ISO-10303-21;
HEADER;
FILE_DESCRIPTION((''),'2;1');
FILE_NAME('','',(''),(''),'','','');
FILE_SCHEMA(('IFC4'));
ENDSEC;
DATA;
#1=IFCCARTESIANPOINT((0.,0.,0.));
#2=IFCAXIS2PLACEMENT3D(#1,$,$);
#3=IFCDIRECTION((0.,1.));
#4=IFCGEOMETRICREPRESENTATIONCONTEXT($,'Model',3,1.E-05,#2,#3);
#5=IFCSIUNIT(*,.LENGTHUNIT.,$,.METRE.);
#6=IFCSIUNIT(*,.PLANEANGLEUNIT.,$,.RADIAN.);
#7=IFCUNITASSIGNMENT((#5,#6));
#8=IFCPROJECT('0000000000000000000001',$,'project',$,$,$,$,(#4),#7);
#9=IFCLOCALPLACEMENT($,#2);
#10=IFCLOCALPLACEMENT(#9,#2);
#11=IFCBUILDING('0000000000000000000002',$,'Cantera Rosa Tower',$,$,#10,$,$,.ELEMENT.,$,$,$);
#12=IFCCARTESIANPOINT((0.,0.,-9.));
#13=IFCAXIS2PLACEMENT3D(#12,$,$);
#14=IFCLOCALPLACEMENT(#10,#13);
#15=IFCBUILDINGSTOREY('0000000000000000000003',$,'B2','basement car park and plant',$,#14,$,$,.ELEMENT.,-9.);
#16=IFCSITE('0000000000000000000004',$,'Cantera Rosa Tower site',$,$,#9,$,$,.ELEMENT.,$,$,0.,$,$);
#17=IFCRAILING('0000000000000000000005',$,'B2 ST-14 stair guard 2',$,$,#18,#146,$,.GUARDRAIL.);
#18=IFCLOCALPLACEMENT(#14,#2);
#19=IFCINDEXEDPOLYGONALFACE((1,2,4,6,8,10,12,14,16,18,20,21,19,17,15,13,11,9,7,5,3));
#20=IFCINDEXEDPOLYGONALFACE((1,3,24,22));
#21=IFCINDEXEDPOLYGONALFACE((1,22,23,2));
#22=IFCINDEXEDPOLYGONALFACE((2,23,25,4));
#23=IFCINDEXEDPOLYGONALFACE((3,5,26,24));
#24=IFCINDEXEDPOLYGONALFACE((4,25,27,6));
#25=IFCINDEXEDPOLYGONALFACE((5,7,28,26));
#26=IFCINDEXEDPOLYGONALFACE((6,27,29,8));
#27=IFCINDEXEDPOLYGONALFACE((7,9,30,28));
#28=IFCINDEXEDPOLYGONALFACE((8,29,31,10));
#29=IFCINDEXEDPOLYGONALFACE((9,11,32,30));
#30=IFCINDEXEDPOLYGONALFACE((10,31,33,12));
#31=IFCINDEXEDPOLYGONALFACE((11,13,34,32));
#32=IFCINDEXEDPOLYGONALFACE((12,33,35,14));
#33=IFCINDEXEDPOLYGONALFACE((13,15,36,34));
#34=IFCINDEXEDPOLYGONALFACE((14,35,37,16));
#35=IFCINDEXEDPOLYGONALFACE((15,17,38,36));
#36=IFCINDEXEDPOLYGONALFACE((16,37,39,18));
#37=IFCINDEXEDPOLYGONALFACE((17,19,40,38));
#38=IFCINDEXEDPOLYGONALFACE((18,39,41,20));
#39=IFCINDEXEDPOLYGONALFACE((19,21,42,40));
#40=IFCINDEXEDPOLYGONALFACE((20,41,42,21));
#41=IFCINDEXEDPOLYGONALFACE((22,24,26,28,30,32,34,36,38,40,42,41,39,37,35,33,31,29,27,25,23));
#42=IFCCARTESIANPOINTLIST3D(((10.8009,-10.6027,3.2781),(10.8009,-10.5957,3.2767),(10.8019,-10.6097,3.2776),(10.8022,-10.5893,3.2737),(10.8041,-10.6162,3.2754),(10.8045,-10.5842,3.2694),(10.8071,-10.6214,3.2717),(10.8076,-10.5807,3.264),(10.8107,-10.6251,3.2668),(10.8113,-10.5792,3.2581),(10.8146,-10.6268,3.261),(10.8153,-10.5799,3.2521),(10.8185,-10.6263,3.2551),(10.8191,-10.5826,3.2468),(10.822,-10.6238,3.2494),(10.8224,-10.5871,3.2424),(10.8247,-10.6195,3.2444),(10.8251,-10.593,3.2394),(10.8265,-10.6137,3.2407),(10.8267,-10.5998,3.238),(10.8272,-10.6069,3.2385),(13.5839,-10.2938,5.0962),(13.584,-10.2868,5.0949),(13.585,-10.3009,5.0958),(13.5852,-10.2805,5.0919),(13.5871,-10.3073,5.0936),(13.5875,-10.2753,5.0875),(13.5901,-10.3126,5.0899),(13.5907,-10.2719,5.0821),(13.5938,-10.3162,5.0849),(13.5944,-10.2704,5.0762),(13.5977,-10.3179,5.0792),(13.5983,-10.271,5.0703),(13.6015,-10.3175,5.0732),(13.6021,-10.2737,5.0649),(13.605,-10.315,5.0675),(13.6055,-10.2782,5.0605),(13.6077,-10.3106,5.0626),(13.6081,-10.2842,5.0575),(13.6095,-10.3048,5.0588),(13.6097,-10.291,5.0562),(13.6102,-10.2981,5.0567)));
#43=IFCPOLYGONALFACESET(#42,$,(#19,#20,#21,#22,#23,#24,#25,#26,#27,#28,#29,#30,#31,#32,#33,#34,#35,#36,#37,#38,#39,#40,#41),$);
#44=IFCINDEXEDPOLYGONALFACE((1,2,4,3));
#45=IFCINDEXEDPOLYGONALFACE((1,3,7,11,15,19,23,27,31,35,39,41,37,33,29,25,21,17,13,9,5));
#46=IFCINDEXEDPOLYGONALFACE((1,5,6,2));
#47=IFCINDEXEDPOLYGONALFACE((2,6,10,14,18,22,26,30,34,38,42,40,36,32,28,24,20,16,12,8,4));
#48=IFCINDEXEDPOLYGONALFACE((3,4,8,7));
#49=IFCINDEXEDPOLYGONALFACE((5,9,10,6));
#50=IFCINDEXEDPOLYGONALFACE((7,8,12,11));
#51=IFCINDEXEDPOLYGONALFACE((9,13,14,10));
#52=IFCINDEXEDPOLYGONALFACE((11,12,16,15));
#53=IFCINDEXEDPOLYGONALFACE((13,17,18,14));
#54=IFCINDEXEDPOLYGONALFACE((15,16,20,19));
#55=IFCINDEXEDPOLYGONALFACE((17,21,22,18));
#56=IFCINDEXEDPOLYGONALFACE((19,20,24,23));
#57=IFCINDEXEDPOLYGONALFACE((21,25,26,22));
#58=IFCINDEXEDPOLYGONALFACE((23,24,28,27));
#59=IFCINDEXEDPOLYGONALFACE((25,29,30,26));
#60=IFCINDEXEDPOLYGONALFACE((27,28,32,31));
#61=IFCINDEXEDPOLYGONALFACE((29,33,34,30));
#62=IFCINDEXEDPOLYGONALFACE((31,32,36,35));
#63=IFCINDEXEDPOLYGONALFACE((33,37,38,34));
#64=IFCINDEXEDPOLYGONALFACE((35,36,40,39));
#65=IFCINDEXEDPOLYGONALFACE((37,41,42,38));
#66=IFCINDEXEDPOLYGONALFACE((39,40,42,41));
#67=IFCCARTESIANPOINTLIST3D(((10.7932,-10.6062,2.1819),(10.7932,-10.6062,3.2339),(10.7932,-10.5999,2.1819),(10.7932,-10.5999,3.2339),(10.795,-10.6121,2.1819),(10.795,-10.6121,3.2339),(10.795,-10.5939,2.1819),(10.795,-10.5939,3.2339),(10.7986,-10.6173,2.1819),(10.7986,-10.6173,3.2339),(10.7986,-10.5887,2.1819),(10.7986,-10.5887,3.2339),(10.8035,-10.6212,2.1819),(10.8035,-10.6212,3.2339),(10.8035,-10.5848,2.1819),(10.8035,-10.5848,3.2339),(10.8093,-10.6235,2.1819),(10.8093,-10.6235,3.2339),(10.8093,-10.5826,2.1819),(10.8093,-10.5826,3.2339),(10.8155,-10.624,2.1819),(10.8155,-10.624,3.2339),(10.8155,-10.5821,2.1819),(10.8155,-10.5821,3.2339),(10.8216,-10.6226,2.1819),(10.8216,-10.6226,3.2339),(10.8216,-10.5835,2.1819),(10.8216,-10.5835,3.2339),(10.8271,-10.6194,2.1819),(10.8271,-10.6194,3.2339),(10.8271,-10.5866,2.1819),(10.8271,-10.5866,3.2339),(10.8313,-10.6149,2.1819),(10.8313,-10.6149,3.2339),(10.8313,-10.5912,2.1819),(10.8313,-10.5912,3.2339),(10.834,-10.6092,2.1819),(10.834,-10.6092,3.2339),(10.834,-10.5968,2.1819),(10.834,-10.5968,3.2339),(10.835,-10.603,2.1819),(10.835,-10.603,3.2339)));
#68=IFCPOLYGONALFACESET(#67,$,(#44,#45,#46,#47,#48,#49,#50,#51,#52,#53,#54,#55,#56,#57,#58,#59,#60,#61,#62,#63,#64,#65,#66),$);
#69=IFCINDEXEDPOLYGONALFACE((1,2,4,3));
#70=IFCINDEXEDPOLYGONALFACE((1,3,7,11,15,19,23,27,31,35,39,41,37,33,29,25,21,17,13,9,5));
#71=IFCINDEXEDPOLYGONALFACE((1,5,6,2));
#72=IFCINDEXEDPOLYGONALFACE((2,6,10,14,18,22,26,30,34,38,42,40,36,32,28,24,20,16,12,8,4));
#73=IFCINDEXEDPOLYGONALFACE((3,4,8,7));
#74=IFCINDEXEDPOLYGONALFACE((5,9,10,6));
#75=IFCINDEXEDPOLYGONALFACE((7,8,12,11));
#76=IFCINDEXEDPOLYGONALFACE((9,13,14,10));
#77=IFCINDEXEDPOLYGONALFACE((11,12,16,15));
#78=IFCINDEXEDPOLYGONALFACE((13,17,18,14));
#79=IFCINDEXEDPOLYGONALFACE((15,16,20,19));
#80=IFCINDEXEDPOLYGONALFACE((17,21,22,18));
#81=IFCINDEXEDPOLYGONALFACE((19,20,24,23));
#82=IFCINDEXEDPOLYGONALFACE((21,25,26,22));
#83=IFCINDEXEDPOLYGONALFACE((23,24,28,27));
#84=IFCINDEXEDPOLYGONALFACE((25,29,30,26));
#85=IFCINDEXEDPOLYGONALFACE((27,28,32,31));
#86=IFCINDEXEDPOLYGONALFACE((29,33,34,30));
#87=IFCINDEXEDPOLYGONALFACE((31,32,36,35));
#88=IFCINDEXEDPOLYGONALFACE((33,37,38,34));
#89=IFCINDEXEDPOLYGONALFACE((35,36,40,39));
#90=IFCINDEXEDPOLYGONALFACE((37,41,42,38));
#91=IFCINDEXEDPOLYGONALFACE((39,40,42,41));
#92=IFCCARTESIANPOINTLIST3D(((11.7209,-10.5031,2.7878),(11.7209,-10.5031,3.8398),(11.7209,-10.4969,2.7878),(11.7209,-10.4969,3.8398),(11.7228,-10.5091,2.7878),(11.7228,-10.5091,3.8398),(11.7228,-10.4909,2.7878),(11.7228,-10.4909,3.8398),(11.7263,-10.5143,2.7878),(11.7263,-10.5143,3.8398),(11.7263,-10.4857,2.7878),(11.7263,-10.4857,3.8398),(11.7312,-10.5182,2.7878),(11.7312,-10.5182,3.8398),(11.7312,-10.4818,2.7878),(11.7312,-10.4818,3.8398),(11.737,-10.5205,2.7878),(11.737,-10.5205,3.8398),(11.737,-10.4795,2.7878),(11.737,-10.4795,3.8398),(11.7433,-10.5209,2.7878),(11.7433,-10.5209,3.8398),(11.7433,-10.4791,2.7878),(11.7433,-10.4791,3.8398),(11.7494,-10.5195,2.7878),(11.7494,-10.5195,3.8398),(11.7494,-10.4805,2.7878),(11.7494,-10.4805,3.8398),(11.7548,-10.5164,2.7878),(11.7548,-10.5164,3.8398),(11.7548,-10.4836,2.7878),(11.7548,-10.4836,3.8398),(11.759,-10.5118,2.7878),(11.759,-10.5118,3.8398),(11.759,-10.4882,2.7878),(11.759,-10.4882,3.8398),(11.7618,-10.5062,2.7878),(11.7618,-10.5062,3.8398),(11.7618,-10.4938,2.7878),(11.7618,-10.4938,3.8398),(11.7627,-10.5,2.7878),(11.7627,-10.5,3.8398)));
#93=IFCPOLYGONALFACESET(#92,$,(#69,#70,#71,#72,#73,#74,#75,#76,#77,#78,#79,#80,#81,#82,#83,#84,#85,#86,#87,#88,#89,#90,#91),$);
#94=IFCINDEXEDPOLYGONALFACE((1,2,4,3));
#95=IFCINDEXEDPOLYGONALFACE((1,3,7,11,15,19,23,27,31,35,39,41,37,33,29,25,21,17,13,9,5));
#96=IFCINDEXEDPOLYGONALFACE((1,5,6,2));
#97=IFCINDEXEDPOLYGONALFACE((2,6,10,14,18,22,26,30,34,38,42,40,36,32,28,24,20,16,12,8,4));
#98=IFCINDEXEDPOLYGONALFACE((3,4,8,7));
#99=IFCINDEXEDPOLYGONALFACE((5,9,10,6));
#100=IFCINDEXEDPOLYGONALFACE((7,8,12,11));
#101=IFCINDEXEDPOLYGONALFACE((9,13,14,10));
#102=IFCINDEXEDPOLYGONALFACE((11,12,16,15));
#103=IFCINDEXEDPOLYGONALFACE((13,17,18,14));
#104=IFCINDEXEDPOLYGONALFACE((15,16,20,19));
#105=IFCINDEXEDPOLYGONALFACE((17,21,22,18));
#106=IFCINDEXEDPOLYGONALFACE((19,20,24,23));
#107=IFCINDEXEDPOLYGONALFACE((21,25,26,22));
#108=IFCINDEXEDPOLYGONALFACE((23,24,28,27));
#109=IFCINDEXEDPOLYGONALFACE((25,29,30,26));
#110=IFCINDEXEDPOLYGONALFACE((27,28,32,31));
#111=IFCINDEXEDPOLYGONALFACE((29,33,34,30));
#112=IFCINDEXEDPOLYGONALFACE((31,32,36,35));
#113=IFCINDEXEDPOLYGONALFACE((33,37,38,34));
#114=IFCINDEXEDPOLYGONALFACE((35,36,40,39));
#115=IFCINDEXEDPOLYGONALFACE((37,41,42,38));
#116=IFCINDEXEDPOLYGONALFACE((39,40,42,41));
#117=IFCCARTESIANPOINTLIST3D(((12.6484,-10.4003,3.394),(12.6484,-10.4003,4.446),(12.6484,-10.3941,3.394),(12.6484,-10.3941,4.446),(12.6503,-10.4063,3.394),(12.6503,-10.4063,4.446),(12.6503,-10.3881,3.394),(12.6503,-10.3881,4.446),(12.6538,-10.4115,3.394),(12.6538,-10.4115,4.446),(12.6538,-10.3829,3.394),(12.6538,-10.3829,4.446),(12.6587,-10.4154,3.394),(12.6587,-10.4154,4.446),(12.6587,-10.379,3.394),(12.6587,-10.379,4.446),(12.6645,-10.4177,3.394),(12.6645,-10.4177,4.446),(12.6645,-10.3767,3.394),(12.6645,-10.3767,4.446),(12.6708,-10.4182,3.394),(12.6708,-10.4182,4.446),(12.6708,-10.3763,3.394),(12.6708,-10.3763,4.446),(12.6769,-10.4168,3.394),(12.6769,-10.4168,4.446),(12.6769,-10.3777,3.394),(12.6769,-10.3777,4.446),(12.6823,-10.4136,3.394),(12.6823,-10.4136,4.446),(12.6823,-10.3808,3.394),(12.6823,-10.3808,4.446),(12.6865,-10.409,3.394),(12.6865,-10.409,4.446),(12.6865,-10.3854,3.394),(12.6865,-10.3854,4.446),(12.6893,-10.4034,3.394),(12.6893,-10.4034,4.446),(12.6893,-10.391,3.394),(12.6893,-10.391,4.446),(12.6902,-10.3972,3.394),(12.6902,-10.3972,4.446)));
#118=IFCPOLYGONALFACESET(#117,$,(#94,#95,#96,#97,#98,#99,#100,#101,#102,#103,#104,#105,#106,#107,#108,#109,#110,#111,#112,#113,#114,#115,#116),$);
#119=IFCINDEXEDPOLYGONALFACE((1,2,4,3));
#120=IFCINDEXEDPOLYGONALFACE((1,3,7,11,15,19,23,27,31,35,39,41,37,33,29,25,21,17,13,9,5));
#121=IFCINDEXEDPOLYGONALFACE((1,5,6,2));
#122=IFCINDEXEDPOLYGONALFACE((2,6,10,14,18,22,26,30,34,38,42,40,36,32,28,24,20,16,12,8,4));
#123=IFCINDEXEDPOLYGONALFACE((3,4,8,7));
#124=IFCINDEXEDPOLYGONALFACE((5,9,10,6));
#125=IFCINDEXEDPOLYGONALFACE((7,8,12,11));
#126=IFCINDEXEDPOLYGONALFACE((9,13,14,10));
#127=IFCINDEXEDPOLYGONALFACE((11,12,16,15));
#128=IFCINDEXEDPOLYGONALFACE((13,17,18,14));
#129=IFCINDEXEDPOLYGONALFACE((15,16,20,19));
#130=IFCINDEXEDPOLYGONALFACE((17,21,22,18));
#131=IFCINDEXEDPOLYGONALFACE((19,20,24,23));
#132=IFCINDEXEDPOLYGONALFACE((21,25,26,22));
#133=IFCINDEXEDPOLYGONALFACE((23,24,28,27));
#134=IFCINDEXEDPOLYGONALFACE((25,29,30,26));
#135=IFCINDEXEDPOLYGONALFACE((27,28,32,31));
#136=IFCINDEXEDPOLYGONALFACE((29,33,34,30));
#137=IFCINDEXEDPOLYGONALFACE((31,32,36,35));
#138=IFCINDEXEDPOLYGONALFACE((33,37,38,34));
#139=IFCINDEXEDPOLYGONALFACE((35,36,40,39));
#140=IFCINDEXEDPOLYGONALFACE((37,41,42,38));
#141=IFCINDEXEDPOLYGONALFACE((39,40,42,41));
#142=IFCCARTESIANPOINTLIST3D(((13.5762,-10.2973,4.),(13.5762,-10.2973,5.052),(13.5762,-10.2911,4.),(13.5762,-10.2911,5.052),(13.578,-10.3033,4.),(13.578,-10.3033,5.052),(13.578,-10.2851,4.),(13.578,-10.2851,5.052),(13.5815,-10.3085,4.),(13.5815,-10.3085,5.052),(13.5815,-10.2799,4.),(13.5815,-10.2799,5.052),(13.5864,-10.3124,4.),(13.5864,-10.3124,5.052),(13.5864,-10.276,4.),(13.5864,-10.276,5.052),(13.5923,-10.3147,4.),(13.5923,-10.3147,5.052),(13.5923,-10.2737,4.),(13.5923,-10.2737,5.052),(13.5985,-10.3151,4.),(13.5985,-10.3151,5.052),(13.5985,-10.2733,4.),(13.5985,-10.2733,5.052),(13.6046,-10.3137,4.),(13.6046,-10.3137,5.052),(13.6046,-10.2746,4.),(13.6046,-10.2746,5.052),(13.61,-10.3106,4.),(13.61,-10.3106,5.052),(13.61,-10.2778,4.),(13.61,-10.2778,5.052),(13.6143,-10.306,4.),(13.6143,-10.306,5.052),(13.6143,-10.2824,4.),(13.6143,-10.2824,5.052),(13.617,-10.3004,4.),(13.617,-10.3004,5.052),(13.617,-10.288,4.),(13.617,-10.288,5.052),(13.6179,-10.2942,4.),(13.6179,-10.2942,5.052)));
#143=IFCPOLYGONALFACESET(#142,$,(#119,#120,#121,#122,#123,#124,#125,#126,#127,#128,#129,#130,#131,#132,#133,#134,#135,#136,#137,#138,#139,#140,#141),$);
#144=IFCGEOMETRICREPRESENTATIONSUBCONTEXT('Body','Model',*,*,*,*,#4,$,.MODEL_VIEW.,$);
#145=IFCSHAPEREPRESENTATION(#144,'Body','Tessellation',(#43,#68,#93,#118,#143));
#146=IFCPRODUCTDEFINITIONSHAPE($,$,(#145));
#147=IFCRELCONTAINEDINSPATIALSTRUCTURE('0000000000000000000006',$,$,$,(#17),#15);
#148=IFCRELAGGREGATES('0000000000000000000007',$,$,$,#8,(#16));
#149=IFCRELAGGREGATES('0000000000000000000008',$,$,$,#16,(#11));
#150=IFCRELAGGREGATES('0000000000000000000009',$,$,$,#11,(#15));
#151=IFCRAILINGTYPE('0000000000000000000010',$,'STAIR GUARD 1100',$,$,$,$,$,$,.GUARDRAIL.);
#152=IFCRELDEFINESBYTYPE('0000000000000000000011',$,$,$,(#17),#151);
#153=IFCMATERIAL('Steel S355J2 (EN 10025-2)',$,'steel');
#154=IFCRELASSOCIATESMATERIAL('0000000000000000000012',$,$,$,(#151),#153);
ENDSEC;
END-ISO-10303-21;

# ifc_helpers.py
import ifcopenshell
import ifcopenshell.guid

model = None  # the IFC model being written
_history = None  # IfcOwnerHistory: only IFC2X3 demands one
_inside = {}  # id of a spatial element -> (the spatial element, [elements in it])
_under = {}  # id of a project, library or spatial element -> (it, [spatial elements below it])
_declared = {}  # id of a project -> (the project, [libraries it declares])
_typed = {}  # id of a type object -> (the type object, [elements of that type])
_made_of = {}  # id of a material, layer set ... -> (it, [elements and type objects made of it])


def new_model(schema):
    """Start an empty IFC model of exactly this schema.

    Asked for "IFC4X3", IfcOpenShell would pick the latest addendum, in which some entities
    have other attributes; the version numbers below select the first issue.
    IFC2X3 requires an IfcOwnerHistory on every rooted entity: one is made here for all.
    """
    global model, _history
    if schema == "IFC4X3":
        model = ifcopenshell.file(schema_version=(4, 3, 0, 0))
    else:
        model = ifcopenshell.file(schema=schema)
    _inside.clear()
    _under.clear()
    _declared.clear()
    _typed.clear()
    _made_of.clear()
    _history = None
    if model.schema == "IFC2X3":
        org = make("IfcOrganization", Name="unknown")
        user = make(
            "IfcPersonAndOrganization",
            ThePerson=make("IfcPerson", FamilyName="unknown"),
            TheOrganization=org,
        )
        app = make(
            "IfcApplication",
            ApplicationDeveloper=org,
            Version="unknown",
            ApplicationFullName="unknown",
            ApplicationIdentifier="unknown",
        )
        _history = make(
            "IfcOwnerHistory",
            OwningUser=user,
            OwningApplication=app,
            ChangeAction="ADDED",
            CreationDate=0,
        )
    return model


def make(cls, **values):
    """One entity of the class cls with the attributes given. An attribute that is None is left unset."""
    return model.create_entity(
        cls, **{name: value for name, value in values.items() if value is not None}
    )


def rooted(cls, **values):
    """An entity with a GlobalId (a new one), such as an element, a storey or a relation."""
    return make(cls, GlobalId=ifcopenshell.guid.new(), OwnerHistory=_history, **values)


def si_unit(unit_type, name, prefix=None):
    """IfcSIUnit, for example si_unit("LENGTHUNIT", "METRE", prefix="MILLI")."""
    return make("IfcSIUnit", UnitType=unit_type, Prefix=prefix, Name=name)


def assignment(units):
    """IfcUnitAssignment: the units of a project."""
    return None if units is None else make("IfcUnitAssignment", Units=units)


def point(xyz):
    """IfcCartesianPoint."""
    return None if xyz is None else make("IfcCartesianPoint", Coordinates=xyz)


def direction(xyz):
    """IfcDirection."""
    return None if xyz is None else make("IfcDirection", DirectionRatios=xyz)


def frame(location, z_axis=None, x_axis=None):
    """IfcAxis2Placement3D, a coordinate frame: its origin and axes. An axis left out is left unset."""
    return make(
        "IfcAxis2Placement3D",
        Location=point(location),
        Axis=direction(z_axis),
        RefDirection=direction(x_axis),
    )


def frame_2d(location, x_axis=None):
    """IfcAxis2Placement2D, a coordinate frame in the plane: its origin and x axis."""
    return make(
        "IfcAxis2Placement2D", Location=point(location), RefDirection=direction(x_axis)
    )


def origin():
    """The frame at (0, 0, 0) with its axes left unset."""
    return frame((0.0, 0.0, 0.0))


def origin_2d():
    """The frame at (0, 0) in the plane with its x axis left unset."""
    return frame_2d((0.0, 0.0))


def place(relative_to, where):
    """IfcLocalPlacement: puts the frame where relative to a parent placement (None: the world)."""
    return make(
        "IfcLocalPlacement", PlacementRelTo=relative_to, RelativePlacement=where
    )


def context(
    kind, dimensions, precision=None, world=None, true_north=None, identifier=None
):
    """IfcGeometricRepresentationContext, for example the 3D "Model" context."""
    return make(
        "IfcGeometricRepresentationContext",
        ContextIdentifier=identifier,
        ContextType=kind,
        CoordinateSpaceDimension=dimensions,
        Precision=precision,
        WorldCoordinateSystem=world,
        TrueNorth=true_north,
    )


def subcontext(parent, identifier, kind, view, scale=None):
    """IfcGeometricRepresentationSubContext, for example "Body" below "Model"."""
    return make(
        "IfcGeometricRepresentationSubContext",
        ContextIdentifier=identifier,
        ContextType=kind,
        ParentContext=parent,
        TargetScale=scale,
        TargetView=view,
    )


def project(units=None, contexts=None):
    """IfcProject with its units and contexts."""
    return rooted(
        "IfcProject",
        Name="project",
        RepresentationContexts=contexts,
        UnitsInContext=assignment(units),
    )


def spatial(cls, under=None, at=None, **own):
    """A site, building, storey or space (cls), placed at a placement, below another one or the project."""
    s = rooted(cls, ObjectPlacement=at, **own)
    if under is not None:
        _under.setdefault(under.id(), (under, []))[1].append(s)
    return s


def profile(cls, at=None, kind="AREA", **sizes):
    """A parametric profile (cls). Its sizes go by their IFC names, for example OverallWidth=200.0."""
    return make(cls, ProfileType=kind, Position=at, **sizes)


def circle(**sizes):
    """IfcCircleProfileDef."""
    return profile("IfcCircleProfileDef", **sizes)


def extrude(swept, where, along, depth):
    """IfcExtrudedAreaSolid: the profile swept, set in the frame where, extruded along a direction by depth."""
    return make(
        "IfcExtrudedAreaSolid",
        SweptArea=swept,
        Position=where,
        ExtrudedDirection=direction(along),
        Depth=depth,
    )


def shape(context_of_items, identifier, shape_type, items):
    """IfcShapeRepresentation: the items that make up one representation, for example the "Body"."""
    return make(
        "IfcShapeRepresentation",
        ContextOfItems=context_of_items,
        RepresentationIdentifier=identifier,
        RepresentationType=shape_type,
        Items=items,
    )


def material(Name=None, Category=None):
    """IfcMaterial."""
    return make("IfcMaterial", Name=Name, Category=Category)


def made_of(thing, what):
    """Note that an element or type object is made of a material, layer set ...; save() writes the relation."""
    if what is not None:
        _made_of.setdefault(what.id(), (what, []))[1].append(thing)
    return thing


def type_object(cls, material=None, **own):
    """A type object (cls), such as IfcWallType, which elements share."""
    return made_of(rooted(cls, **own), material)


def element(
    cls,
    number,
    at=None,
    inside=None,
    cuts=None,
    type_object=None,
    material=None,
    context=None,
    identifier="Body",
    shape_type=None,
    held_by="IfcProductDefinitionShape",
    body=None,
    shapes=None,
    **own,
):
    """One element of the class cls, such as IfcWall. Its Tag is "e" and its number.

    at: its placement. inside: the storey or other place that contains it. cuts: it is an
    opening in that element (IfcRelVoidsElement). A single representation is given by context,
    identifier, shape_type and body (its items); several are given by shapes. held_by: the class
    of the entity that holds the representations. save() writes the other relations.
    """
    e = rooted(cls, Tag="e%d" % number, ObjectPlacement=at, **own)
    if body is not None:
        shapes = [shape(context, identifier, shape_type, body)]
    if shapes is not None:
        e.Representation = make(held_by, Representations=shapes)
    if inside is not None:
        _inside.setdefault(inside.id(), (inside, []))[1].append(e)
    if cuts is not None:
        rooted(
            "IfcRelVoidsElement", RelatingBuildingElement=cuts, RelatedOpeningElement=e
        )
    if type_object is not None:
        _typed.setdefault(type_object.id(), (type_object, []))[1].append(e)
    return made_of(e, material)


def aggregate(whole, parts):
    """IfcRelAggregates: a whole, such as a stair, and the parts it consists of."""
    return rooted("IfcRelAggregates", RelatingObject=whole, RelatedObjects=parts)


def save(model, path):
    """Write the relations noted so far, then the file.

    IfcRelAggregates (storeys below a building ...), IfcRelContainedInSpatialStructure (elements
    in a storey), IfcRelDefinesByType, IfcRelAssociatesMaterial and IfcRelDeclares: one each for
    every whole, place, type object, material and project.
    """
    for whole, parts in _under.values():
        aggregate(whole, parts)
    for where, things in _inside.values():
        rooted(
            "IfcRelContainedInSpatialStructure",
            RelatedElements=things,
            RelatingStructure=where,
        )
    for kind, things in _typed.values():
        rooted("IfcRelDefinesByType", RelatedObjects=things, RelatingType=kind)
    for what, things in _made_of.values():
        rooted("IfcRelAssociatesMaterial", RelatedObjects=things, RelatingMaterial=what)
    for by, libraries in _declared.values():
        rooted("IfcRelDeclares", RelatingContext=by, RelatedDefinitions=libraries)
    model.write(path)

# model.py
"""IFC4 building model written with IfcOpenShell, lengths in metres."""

from ifc_helpers import new_model, si_unit, direction, frame, origin, origin_2d, place, context, subcontext, project, spatial, circle, extrude, material, type_object, element, save


model = new_model("IFC4")

# Units and contexts
model_context = context("Model", 3, precision=1e-05, world=origin(), true_north=direction((0.0, 1.0)))
body_context = subcontext(model_context, "Body", "Model", "MODEL_VIEW")
ifc_project = project(units=[si_unit("LENGTHUNIT", "METRE"), si_unit("PLANEANGLEUNIT", "RADIAN")], contexts=[model_context])

# Site, building, storey
site_placement = place(None, origin())
site = spatial("IfcSite", under=ifc_project, at=site_placement, Name="Cantera Rosa Tower site", CompositionType="ELEMENT", RefElevation=0.0)
building_placement = place(site_placement, origin())
building = spatial("IfcBuilding", under=site, at=building_placement, Name="Cantera Rosa Tower", CompositionType="ELEMENT")
storey_placement = place(building_placement, frame((0.0, 0.0, -9.0)))
storey = spatial("IfcBuildingStorey", under=building, at=storey_placement, Name="B2", Description="basement car park and plant", CompositionType="ELEMENT", Elevation=-9.0)

# Railing
ifc_material_1 = material(Name="Steel S355J2 (EN 10025-2)", Category="steel")
railing_type_1 = type_object("IfcRailingType", Name="STAIR GUARD 1100", PredefinedType="GUARDRAIL", material=ifc_material_1)
railing_1_placement = place(storey_placement, frame((10.814, -10.603, 2.1819)))
element("IfcRailing", 1, at=railing_1_placement, inside=storey, type_object=railing_type_1, Name="B2 ST-14 stair guard 2", PredefinedType="GUARDRAIL", context=body_context, shape_type="SweptSolid", body=[
    extrude(circle(Radius=0.0239, at=origin_2d()), frame((0.0, 0.0, 1.0762), z_axis=(0.833588, 0.092507, 0.544586), x_axis=(-0.110298, 0.993899, 0.0)), (0.0, 0.0, 1.0), 3.3386),
    extrude(circle(Radius=0.021, at=origin_2d()), origin(), (0.0, 0.0, 1.0), 1.052),
    extrude(circle(Radius=0.021, at=origin_2d()), frame((0.9277, 0.103, 0.606)), (0.0, 0.0, 1.0), 1.052),
    extrude(circle(Radius=0.021, at=origin_2d()), frame((1.8552, 0.2058, 1.2122)), (0.0, 0.0, 1.0), 1.052),
    extrude(circle(Radius=0.021, at=origin_2d()), frame((2.783, 0.3088, 1.8181)), (0.0, 0.0, 1.0), 1.052),
])

save(model, "model.ifc")
